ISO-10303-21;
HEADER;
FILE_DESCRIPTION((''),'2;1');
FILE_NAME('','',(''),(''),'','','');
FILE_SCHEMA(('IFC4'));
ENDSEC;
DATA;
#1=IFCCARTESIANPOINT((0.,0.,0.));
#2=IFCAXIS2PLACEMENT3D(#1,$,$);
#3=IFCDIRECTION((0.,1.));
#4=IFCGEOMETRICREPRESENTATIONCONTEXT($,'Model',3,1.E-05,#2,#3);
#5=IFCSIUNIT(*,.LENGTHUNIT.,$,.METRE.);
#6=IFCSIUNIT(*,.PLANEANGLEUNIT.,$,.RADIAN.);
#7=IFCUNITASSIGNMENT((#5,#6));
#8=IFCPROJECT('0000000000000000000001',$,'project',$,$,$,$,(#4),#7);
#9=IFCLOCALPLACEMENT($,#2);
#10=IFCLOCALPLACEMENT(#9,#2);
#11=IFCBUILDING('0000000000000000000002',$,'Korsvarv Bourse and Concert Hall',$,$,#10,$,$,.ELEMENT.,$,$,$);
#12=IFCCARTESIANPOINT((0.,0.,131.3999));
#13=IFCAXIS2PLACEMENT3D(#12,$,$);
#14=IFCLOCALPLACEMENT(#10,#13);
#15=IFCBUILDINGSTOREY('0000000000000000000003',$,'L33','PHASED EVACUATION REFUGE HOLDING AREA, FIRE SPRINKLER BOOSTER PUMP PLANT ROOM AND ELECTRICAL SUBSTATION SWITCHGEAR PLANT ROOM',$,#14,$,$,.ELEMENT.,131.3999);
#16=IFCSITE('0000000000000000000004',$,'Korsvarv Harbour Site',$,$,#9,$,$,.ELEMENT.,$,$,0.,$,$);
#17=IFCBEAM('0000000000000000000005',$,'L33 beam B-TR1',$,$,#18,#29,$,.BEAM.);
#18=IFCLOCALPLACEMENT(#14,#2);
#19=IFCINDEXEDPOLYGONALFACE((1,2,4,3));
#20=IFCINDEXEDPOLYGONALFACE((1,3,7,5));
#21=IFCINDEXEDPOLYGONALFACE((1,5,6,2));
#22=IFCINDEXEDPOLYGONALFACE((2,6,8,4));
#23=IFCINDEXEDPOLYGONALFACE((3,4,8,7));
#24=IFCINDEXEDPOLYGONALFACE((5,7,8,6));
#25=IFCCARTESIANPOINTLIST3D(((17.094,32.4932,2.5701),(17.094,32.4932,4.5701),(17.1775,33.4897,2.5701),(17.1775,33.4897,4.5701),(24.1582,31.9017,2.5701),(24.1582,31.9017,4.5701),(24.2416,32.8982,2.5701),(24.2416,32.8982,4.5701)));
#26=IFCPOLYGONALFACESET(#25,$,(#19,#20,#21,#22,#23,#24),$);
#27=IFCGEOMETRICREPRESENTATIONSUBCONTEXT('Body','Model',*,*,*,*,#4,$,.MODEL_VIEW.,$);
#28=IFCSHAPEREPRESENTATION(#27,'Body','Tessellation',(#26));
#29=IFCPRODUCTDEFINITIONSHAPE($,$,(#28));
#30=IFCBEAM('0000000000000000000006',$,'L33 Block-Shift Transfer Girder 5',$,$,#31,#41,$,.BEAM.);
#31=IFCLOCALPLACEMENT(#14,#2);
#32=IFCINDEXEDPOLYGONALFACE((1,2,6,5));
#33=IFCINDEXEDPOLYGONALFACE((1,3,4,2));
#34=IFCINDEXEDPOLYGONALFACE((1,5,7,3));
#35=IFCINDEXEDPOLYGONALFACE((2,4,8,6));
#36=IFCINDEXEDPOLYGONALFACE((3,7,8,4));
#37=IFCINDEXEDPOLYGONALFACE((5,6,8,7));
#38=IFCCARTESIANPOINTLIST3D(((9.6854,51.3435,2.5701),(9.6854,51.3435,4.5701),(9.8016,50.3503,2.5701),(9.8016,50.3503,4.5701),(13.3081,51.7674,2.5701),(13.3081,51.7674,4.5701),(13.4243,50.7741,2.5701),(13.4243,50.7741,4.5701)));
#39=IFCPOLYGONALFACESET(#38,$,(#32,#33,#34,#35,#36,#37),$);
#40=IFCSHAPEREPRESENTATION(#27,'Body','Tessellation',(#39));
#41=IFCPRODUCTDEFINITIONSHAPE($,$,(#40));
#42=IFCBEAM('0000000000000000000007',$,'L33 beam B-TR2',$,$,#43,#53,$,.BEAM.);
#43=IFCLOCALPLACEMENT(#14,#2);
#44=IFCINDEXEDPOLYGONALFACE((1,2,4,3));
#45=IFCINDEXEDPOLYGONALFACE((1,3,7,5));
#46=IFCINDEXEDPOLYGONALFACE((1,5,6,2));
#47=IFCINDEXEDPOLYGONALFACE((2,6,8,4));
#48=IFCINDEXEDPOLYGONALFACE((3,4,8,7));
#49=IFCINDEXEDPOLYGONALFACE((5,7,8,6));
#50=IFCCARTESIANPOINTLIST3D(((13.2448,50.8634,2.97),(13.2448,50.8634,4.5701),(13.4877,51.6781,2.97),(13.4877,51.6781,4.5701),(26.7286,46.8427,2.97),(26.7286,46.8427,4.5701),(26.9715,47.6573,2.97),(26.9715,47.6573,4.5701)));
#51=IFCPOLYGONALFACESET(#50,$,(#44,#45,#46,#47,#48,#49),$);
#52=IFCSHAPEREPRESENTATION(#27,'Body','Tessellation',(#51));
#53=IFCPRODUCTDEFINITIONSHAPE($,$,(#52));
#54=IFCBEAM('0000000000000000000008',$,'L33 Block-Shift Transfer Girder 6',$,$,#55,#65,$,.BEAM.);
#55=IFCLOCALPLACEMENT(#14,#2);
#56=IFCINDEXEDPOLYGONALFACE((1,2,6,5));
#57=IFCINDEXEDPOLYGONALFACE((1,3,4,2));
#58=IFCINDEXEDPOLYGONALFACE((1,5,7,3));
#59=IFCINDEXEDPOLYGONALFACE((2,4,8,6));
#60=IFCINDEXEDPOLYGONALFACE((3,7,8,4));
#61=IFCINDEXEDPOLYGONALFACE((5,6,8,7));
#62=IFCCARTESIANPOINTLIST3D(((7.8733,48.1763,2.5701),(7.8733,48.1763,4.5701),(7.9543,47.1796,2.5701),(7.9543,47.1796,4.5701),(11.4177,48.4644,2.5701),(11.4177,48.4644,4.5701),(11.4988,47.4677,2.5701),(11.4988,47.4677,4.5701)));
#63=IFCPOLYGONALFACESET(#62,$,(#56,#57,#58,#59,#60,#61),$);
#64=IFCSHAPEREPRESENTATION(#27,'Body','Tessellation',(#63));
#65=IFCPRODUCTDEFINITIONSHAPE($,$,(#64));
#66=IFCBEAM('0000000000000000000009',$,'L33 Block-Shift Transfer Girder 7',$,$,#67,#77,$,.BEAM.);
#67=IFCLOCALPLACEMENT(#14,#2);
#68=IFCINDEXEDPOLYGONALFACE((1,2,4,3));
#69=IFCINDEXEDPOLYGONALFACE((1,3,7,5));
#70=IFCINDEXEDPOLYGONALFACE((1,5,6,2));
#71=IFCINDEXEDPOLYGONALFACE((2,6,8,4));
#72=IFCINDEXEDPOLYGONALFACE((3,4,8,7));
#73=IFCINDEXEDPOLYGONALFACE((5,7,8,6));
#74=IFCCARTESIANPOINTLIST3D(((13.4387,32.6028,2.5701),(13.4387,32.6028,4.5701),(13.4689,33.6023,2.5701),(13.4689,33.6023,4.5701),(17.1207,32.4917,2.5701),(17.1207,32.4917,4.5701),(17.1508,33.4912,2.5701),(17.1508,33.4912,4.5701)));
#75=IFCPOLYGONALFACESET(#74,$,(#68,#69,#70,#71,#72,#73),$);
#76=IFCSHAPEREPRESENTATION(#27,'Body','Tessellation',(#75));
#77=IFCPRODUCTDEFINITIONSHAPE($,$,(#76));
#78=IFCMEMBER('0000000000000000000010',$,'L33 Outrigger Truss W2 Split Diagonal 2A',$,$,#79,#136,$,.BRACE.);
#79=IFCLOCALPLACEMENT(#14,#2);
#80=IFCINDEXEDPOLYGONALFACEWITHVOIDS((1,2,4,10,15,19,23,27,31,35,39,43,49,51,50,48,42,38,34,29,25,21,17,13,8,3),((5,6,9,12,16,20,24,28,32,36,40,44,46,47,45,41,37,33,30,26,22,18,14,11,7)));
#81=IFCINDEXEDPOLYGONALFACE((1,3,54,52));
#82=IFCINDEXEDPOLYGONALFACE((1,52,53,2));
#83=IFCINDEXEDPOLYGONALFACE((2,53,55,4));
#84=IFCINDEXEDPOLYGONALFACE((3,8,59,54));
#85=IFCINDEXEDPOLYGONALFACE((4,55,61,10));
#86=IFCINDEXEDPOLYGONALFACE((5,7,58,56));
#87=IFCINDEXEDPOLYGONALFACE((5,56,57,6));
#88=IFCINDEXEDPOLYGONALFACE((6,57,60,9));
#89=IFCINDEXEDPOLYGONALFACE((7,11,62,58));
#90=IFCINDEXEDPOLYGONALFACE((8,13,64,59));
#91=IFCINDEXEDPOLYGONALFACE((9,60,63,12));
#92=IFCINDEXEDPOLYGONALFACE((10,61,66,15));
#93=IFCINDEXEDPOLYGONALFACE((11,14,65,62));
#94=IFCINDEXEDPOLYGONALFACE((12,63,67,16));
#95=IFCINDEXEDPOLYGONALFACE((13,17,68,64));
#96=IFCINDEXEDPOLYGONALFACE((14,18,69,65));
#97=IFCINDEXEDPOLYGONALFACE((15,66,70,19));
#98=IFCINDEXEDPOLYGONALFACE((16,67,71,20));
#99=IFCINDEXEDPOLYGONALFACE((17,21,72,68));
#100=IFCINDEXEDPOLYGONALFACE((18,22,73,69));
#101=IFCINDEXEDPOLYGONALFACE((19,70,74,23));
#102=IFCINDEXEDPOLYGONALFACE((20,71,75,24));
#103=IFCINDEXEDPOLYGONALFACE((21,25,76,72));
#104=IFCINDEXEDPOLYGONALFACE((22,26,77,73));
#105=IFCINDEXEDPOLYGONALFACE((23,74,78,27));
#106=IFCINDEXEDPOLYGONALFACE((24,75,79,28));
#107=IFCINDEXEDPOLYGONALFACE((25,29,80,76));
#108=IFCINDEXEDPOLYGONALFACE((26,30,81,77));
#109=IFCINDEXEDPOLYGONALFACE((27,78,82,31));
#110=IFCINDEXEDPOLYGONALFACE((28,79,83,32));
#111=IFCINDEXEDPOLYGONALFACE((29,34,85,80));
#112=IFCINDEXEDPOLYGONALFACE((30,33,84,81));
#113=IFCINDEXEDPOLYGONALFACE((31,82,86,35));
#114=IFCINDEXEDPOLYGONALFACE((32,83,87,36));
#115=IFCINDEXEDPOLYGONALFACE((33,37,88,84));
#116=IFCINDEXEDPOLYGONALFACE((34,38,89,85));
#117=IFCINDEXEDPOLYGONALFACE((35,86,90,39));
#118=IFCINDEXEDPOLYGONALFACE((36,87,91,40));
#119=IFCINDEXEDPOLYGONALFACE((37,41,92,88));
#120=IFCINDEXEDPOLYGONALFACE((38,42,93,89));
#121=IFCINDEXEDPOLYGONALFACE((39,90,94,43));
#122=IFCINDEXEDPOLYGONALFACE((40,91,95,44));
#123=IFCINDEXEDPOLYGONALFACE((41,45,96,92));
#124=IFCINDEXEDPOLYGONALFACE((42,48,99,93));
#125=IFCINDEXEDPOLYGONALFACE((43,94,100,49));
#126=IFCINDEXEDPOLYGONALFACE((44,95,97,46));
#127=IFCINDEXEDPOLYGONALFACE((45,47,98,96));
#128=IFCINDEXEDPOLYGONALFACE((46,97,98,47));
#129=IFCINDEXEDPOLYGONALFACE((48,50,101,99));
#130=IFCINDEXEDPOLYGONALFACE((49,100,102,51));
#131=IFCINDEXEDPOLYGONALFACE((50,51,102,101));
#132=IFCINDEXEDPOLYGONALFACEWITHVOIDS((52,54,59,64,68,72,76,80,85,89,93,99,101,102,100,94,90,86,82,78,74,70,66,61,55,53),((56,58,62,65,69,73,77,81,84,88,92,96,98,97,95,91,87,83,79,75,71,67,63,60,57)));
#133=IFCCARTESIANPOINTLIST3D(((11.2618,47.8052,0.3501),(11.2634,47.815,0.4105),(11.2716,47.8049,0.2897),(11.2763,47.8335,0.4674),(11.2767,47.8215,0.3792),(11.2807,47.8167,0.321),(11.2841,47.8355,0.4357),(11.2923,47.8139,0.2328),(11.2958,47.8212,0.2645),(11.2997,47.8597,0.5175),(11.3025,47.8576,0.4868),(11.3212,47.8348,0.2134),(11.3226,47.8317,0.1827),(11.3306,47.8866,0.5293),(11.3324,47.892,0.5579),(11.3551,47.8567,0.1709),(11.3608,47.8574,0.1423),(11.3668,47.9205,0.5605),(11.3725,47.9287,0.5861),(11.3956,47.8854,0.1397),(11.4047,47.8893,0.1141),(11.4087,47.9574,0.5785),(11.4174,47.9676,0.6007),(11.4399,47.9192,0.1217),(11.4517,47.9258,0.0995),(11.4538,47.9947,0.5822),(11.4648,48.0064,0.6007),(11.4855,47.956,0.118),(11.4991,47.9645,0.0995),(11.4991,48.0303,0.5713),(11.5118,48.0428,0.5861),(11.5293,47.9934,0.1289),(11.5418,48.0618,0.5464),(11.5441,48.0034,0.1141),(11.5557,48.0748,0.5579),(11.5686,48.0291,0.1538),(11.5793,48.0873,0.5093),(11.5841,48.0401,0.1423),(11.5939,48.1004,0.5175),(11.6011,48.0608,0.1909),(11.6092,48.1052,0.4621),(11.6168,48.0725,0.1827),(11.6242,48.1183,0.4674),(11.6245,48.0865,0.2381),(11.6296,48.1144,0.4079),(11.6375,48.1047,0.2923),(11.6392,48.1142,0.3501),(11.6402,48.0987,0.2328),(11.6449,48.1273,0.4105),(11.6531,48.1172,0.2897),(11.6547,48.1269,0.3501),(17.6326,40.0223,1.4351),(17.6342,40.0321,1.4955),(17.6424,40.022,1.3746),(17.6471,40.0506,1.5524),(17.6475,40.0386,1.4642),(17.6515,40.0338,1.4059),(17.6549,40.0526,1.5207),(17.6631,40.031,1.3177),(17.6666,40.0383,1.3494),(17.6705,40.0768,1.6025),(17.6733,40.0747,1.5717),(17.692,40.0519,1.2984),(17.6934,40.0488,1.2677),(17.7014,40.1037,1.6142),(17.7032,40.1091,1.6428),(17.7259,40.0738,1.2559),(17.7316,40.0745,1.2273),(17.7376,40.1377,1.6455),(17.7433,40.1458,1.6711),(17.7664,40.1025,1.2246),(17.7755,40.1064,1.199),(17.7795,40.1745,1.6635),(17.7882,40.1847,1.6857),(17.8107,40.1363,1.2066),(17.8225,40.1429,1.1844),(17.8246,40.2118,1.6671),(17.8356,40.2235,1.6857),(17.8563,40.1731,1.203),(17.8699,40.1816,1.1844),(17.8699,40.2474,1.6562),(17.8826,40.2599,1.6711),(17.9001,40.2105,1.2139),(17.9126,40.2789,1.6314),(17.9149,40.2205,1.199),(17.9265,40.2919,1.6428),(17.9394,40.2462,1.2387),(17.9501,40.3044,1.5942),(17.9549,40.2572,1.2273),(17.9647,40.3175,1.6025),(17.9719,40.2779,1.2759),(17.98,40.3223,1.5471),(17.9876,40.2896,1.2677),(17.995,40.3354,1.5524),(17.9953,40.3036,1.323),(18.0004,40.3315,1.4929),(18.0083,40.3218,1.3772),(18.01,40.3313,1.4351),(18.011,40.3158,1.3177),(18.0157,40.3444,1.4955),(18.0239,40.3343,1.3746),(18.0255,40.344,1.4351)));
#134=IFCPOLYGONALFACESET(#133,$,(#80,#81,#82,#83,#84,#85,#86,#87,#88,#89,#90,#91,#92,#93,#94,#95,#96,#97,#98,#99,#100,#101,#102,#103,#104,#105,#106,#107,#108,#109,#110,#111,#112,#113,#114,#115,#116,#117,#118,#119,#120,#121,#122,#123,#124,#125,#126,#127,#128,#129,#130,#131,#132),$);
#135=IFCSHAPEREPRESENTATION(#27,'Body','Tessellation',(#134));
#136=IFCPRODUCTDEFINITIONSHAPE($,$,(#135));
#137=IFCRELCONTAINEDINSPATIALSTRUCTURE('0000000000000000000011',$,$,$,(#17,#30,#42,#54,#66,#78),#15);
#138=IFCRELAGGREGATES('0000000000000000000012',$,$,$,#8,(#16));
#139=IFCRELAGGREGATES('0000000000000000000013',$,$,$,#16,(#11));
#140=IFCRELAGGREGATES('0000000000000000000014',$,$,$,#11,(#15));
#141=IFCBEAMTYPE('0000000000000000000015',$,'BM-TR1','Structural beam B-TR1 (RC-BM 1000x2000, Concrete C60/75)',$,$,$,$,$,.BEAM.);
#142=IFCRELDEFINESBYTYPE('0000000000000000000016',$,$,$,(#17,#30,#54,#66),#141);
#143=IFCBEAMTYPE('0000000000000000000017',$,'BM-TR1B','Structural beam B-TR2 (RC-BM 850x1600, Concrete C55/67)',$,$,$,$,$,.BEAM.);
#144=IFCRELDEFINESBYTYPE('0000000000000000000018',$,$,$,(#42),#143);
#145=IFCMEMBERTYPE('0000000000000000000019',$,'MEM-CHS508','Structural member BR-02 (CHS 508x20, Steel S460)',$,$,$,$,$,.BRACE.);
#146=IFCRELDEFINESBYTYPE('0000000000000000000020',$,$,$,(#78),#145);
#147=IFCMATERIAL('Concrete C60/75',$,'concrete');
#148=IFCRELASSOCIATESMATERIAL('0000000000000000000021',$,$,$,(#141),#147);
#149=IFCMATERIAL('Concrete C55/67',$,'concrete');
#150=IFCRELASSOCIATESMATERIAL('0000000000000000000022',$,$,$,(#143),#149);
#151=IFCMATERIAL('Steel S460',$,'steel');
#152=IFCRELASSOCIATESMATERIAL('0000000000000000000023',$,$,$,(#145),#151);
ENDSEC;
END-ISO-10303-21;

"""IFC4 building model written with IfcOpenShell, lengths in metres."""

from ifc_helpers import new_model, si_unit, direction, frame, origin, origin_2d, place, context, subcontext, project, spatial, rectangle, hollow_circle, extrude, source, transform, mapped, material, material_profile, profile_set, type_object, element, save


model = new_model("IFC4")

# Units and contexts
model_context = context("Model", 3, precision=1e-05, world=origin(), true_north=direction((0.0, 1.0)))
body_context = subcontext(model_context, "Body", "Model", "MODEL_VIEW")
ifc_project = project(units=[si_unit("LENGTHUNIT", "METRE"), si_unit("PLANEANGLEUNIT", "RADIAN")], contexts=[model_context])

# Site, building, storey
site_placement = place(None, origin())
site = spatial("IfcSite", under=ifc_project, at=site_placement, Name="Korsvarv Harbour Site", CompositionType="ELEMENT", RefElevation=0.0)
building_placement = place(site_placement, origin())
building = spatial("IfcBuilding", under=site, at=building_placement, Name="Korsvarv Bourse and Concert Hall", CompositionType="ELEMENT")
storey_placement = place(building_placement, frame((0.0, 0.0, 131.3999)))
storey = spatial("IfcBuildingStorey", under=building, at=storey_placement, Name="L33", Description="PHASED EVACUATION REFUGE HOLDING AREA, FIRE SPRINKLER BOOSTER PUMP PLANT ROOM AND ELECTRICAL SUBSTATION SWITCHGEAR PLANT ROOM", CompositionType="ELEMENT", Elevation=131.3999)

# Shared definitions
ifc_material_1 = material(Name="Steel S460", Category="steel")

# Beams
ifc_material_2 = material(Name="Concrete C60/75", Category="concrete")
ifc_material_profile_1 = material_profile(ifc_material_2, rectangle(XDim=1.0, YDim=2.0, at=origin_2d()), Name="RC-BM 1000x2000")
ifc_profile_set_1 = profile_set([ifc_material_profile_1], Name="Concrete C60/75")
beam_type_1 = type_object("IfcBeamType", Name="BM-TR1", Description="Structural beam B-TR1 (RC-BM 1000x2000, Concrete C60/75)", PredefinedType="BEAM", material=ifc_profile_set_1)
shared_shape_1 = source(origin(), body_context, "Body", "SweptSolid", [
    extrude(rectangle(XDim=1.0, YDim=2.0, at=origin_2d()), origin(), (0.0, 0.0, 1.0), 7.0889),
])
beam_1_placement = place(storey_placement, frame((17.1357, 32.9915, 3.5701), z_axis=(0.996512, -0.083447, 0.0), x_axis=(0.083447, 0.996512, 0.0)))
element("IfcBeam", 1, at=beam_1_placement, inside=storey, type_object=beam_type_1, Name="L33 beam B-TR1", PredefinedType="BEAM", context=body_context, shape_type="MappedRepresentation", body=[
    mapped(shared_shape_1, transform((0.0, 0.0, 0.0), scale=1.0)),
])
shared_shape_2 = source(origin(), body_context, "Body", "SweptSolid", [
    extrude(rectangle(XDim=1.0, YDim=2.0, at=origin_2d()), origin(), (0.0, 0.0, 1.0), 3.6475),
])
beam_2_placement = place(storey_placement, frame((13.3662, 51.2708, 3.5701), z_axis=(-0.993226, -0.116197, 0.0), x_axis=(0.116197, -0.993226, 0.0)))
element("IfcBeam", 2, at=beam_2_placement, inside=storey, type_object=beam_type_1, Name="L33 Block-Shift Transfer Girder 5", PredefinedType="BEAM", context=body_context, shape_type="MappedRepresentation", body=[
    mapped(shared_shape_2, transform((0.0, 0.0, 0.0), scale=1.0)),
])
ifc_material_3 = material(Name="Concrete C55/67", Category="concrete")
ifc_material_profile_2 = material_profile(ifc_material_3, rectangle(XDim=0.8501, YDim=1.6001, at=origin_2d()), Name="RC-BM 850x1600")
ifc_profile_set_2 = profile_set([ifc_material_profile_2], Name="Concrete C55/67")
beam_type_2 = type_object("IfcBeamType", Name="BM-TR1B", Description="Structural beam B-TR2 (RC-BM 850x1600, Concrete C55/67)", PredefinedType="BEAM", material=ifc_profile_set_2)
shared_shape_3 = source(origin(), body_context, "Body", "SweptSolid", [
    extrude(rectangle(XDim=0.8501, YDim=1.6001, at=origin_2d()), origin(), (0.0, 0.0, 1.0), 14.0706),
])
beam_3_placement = place(storey_placement, frame((13.3662, 51.2708, 3.77), z_axis=(0.958303, -0.285756, 0.0), x_axis=(0.285756, 0.958303, 0.0)))
element("IfcBeam", 3, at=beam_3_placement, inside=storey, type_object=beam_type_2, Name="L33 beam B-TR2", PredefinedType="BEAM", context=body_context, shape_type="MappedRepresentation", body=[
    mapped(shared_shape_3, transform((0.0, 0.0, 0.0), scale=1.0)),
])
shared_shape_4 = source(origin(), body_context, "Body", "SweptSolid", [
    extrude(rectangle(XDim=1.0, YDim=2.0, at=origin_2d()), origin(), (0.0, 0.0, 1.0), 3.5562),
])
beam_4_placement = place(storey_placement, frame((11.4583, 47.9661, 3.5701), z_axis=(-0.996713, -0.081011, 0.0), x_axis=(0.081011, -0.996713, 0.0)))
element("IfcBeam", 4, at=beam_4_placement, inside=storey, type_object=beam_type_1, Name="L33 Block-Shift Transfer Girder 6", PredefinedType="BEAM", context=body_context, shape_type="MappedRepresentation", body=[
    mapped(shared_shape_4, transform((0.0, 0.0, 0.0), scale=1.0)),
])
shared_shape_5 = source(origin(), body_context, "Body", "SweptSolid", [
    extrude(rectangle(XDim=1.0, YDim=2.0, at=origin_2d()), origin(), (0.0, 0.0, 1.0), 3.6836),
])
beam_5_placement = place(storey_placement, frame((17.1357, 32.9915, 3.5701), z_axis=(-0.999545, 0.030157, 0.0), x_axis=(-0.030157, -0.999545, 0.0)))
element("IfcBeam", 5, at=beam_5_placement, inside=storey, type_object=beam_type_1, Name="L33 Block-Shift Transfer Girder 7", PredefinedType="BEAM", context=body_context, shape_type="MappedRepresentation", body=[
    mapped(shared_shape_5, transform((0.0, 0.0, 0.0), scale=1.0)),
])

# Member
ifc_material_profile_3 = material_profile(ifc_material_1, hollow_circle(Radius=0.2539, WallThickness=0.02, at=origin_2d()), Name="CHS 508x20")
ifc_profile_set_3 = profile_set([ifc_material_profile_3], Name="Steel S460")
member_type_1 = type_object("IfcMemberType", Name="MEM-CHS508", Description="Structural member BR-02 (CHS 508x20, Steel S460)", PredefinedType="BRACE", material=ifc_profile_set_3)
shared_shape_6 = source(origin(), body_context, "Body", "SweptSolid", [
    extrude(hollow_circle(Radius=0.2539, WallThickness=0.02, at=origin_2d()), origin(), (0.0, 0.0, 1.0), 10.1162),
])
member_1_placement = place(storey_placement, frame((11.4583, 47.9661, 0.3501), z_axis=(0.629761, -0.769349, 0.107249), x_axis=(0.773812, 0.633415, 0.0)))
element("IfcMember", 6, at=member_1_placement, inside=storey, type_object=member_type_1, Name="L33 Outrigger Truss W2 Split Diagonal 2A", PredefinedType="BRACE", context=body_context, shape_type="MappedRepresentation", body=[
    mapped(shared_shape_6, transform((0.0, 0.0, 0.0), scale=1.0)),
])

save(model, "model.ifc")
